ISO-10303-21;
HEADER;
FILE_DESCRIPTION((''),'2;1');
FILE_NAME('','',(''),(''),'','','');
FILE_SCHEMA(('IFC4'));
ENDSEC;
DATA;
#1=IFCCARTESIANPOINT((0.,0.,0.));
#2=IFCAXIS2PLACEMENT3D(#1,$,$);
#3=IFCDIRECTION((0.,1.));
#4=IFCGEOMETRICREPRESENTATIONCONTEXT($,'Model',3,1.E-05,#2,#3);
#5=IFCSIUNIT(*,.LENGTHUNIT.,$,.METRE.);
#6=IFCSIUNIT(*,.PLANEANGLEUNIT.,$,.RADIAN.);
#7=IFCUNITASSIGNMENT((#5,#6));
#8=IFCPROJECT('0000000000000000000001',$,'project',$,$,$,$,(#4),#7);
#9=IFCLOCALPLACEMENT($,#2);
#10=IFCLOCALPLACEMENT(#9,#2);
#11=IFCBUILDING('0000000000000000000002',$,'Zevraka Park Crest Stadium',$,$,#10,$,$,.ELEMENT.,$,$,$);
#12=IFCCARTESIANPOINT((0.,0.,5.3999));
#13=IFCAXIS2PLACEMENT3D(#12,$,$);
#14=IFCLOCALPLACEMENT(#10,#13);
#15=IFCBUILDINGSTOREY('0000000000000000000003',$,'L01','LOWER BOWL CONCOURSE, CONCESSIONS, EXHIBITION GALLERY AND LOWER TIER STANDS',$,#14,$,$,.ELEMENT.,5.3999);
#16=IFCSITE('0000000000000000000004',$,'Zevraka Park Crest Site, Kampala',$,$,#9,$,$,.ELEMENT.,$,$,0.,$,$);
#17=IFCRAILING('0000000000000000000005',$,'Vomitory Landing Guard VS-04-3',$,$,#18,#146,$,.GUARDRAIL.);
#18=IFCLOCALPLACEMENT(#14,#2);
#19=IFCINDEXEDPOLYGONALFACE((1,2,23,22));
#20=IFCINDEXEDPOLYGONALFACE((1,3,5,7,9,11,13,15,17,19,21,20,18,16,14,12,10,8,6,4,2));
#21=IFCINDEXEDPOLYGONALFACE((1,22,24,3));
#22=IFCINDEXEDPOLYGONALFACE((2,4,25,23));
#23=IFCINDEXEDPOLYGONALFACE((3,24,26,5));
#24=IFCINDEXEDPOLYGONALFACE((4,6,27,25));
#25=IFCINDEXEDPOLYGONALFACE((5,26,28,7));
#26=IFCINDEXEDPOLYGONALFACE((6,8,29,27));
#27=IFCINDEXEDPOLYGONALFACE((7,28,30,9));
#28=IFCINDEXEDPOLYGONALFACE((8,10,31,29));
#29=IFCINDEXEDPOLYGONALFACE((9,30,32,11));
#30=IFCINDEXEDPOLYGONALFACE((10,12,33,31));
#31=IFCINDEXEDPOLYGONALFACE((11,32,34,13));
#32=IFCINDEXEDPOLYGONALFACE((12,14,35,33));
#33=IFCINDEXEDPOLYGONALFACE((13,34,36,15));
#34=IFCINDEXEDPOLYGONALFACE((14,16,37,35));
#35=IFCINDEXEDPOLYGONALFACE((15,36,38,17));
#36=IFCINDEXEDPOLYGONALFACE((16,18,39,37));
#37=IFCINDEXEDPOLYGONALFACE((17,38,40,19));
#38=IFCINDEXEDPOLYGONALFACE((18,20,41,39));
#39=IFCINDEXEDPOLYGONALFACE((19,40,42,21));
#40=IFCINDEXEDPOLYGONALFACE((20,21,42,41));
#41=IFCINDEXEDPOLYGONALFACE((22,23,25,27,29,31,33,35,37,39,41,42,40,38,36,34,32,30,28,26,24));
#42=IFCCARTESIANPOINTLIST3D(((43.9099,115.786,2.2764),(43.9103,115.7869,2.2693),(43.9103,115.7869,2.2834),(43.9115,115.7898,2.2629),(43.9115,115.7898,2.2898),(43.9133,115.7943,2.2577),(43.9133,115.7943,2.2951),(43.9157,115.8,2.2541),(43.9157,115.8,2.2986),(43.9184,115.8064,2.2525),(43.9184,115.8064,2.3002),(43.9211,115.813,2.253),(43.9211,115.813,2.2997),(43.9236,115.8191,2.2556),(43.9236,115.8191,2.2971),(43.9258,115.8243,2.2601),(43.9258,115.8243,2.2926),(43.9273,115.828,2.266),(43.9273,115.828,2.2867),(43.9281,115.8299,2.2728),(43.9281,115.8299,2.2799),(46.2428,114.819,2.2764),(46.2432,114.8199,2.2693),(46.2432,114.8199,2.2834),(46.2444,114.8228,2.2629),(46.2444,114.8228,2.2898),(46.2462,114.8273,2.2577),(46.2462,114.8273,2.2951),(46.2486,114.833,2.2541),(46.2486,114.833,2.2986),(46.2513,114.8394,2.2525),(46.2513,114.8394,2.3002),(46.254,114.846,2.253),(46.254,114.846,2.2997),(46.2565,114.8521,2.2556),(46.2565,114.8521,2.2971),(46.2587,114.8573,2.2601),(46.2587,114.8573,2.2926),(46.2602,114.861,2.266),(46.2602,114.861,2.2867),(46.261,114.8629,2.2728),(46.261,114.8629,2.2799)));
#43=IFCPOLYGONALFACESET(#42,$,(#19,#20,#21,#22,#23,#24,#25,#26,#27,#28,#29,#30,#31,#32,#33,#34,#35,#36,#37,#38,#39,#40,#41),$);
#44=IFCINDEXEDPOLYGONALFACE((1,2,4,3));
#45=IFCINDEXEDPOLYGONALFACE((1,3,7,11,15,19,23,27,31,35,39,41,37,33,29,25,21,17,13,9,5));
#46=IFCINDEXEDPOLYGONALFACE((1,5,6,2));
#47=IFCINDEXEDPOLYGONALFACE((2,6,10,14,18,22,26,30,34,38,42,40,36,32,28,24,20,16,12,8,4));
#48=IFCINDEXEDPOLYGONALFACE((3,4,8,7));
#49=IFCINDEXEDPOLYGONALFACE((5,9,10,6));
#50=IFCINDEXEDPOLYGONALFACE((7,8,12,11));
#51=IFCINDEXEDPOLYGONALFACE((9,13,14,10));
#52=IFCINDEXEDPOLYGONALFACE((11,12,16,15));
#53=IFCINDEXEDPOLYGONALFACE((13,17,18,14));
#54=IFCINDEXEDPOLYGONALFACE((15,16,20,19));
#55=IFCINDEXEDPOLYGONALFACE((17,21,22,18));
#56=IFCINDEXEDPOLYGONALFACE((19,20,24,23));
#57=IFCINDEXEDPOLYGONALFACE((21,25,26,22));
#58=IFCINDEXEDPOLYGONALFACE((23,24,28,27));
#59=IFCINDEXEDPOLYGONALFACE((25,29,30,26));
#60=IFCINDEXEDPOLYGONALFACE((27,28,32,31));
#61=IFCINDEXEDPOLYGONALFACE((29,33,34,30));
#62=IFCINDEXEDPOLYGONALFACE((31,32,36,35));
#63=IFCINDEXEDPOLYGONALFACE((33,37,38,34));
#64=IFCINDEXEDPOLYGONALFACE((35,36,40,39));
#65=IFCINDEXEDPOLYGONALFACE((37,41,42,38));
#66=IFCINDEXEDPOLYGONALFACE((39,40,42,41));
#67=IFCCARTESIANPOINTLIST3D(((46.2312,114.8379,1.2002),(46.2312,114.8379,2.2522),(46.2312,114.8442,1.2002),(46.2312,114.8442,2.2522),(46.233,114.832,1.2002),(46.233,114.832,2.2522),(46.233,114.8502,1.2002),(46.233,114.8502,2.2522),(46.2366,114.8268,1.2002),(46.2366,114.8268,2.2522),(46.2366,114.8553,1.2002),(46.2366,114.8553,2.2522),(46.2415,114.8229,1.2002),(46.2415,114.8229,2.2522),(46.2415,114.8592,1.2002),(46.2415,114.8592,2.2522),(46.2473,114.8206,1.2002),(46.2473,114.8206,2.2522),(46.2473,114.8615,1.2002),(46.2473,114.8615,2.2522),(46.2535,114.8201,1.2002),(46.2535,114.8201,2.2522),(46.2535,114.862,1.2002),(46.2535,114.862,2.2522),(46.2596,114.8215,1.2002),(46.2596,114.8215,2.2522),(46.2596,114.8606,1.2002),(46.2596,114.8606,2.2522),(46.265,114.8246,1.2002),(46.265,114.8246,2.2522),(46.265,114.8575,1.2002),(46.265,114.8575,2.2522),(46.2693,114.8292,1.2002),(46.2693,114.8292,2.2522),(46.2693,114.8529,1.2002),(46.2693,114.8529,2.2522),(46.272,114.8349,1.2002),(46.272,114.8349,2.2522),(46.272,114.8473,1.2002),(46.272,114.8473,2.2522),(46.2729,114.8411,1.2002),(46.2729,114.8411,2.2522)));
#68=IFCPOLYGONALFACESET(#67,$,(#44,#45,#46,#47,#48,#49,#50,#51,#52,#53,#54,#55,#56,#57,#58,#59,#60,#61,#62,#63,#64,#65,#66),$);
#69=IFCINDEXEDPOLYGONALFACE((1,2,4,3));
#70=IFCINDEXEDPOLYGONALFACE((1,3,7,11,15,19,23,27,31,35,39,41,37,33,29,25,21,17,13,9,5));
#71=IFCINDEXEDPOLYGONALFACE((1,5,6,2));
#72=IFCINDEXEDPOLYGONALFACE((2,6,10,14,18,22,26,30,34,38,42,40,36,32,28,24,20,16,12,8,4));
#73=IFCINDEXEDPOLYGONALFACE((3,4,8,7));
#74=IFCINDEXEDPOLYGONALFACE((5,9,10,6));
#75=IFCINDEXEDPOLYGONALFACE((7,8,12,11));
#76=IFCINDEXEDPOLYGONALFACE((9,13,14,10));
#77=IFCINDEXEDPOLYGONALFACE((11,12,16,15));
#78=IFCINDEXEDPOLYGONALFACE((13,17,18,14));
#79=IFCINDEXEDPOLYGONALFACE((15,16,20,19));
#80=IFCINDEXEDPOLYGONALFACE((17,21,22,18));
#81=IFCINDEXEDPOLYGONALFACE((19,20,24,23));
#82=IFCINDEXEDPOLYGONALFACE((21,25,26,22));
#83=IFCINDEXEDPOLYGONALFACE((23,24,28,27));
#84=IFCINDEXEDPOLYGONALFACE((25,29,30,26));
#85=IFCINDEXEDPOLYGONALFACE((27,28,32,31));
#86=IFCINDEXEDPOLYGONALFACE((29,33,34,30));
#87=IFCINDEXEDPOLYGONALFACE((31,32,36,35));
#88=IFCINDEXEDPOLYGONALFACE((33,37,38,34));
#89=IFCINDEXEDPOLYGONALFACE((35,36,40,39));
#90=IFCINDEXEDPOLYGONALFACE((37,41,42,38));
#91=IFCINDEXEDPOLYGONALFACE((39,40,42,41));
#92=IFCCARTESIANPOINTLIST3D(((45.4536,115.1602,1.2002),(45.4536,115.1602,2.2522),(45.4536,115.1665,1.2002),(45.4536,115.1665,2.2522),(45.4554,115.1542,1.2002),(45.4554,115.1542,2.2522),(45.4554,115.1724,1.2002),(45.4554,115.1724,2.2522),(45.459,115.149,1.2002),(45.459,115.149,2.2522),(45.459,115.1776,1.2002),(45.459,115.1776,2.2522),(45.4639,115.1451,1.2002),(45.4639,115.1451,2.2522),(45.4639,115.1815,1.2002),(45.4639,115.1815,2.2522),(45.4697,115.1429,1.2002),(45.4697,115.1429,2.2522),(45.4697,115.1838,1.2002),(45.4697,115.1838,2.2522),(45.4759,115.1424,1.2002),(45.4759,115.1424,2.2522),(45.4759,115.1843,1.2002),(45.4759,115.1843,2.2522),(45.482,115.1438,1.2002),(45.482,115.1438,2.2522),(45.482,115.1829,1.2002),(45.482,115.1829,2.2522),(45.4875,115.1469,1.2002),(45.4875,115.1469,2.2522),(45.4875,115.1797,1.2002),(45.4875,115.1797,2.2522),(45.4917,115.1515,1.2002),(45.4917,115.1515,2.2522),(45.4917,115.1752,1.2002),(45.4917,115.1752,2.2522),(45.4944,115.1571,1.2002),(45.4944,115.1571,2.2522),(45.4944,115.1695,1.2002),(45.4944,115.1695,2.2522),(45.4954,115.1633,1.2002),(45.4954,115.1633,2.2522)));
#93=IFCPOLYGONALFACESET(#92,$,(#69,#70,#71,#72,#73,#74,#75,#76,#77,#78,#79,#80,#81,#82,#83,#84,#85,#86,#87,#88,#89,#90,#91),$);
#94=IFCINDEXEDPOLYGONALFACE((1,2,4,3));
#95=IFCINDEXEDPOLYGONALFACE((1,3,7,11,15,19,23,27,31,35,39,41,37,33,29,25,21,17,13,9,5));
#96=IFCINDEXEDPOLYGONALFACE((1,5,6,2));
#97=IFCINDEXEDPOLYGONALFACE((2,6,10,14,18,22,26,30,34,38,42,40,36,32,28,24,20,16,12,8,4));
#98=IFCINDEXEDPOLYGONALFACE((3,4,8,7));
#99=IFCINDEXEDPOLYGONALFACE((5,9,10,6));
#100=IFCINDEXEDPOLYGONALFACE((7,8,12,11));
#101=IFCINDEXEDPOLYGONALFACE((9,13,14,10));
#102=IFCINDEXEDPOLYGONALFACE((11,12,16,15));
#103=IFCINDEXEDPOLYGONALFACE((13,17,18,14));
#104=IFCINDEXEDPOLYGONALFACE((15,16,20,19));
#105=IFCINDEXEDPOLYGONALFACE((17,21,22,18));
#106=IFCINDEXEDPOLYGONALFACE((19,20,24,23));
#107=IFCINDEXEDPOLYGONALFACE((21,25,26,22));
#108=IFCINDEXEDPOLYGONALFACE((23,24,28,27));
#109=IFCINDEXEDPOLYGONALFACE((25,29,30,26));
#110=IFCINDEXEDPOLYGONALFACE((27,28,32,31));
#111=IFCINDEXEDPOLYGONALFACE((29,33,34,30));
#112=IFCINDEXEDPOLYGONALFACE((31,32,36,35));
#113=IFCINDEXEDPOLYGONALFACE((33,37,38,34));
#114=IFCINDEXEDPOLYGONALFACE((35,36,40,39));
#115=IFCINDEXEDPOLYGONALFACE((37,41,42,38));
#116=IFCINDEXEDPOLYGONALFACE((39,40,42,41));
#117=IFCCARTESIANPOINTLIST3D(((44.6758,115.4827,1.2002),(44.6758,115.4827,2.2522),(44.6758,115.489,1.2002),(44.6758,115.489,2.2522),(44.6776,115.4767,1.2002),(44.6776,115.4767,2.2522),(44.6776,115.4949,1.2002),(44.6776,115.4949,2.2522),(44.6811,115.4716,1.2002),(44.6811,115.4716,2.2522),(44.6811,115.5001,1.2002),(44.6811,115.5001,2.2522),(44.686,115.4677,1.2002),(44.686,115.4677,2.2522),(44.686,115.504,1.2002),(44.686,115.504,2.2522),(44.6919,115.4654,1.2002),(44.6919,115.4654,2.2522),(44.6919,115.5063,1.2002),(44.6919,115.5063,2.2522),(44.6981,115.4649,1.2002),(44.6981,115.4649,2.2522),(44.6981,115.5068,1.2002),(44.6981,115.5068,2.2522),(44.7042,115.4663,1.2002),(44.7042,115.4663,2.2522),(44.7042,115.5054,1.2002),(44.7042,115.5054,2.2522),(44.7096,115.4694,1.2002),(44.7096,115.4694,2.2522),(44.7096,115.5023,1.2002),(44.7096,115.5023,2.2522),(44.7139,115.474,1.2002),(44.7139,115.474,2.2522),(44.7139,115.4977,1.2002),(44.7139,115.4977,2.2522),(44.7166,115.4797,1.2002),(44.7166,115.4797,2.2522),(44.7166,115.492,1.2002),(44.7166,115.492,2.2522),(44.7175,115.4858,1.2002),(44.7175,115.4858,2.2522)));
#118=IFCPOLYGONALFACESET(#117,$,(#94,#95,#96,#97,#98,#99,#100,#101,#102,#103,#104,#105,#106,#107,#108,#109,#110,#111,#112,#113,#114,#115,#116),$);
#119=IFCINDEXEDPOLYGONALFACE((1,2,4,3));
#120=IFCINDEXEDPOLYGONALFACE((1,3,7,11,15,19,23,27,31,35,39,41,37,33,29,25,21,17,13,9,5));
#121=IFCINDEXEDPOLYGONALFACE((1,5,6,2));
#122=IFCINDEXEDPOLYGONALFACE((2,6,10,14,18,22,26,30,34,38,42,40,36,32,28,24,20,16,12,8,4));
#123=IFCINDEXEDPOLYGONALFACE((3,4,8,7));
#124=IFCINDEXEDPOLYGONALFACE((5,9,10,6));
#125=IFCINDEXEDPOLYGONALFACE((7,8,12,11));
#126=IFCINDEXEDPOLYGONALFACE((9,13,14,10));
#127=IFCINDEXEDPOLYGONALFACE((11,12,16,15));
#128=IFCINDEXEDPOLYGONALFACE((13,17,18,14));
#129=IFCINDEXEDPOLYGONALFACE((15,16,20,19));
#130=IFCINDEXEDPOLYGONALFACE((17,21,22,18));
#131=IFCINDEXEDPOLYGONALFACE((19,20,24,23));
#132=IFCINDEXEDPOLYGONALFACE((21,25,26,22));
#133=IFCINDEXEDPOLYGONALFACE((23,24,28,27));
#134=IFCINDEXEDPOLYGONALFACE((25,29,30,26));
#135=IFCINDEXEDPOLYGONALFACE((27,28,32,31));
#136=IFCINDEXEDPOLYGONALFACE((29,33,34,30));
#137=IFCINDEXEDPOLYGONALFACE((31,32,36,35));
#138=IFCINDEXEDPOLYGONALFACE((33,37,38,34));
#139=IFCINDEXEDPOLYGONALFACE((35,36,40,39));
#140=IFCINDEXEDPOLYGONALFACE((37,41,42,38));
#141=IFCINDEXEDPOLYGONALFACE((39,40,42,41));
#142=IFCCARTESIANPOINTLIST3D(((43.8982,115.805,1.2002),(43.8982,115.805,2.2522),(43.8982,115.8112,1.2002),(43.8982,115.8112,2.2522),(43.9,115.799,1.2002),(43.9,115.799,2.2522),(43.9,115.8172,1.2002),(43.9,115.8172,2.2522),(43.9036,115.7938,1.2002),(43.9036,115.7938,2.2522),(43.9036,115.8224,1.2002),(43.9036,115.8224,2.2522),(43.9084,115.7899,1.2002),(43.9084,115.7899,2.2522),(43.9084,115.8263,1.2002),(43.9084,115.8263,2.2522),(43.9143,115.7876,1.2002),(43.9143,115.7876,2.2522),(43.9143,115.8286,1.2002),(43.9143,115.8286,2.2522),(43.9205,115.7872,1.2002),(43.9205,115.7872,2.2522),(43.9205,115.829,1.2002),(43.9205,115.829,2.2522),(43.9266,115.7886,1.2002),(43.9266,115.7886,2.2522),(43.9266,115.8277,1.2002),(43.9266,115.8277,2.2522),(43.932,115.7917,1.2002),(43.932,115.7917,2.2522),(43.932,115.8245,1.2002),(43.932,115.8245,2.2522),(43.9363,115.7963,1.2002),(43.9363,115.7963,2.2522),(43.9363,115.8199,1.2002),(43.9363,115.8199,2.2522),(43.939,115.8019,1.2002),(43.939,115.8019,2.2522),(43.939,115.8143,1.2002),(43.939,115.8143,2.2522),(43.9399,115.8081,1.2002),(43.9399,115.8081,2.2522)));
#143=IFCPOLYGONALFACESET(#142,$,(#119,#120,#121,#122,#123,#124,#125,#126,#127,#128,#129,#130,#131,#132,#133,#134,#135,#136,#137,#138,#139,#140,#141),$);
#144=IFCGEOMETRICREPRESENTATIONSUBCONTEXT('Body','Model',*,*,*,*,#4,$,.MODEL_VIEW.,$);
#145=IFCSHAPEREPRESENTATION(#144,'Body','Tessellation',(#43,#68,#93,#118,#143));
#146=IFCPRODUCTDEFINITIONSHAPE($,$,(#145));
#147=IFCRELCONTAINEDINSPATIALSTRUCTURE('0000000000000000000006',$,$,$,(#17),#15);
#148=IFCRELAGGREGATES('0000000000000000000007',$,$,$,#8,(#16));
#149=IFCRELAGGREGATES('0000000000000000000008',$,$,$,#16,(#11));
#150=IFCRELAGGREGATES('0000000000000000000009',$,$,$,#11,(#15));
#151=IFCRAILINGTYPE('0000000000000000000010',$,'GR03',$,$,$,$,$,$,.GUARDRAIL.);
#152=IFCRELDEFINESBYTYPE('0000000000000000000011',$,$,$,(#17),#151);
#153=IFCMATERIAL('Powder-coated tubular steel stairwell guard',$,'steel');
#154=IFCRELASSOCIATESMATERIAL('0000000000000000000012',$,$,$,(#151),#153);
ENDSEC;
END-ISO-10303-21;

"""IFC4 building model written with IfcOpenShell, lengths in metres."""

from ifc_helpers import new_model, si_unit, direction, frame, origin, origin_2d, place, context, subcontext, project, spatial, circle, extrude, material, type_object, element, save


model = new_model("IFC4")

# Units and contexts
model_context = context("Model", 3, precision=1e-05, world=origin(), true_north=direction((0.0, 1.0)))
body_context = subcontext(model_context, "Body", "Model", "MODEL_VIEW")
ifc_project = project(units=[si_unit("LENGTHUNIT", "METRE"), si_unit("PLANEANGLEUNIT", "RADIAN")], contexts=[model_context])

# Site, building, storey
site_placement = place(None, origin())
site = spatial("IfcSite", under=ifc_project, at=site_placement, Name="Zevraka Park Crest Site, Kampala", CompositionType="ELEMENT", RefElevation=0.0)
building_placement = place(site_placement, origin())
building = spatial("IfcBuilding", under=site, at=building_placement, Name="Zevraka Park Crest Stadium", CompositionType="ELEMENT")
storey_placement = place(building_placement, frame((0.0, 0.0, 5.3999)))
storey = spatial("IfcBuildingStorey", under=building, at=storey_placement, Name="L01", Description="LOWER BOWL CONCOURSE, CONCESSIONS, EXHIBITION GALLERY AND LOWER TIER STANDS", CompositionType="ELEMENT", Elevation=5.3999)

# Railing
ifc_material_1 = material(Name="Powder-coated tubular steel stairwell guard", Category="steel")
railing_type_1 = type_object("IfcRailingType", Name="GR03", PredefinedType="GUARDRAIL", material=ifc_material_1)
railing_1_placement = place(storey_placement, frame((46.252, 114.8411, 1.2002)))
element("IfcRailing", 1, at=railing_1_placement, inside=storey, type_object=railing_type_1, Name="Vomitory Landing Guard VS-04-3", PredefinedType="GUARDRAIL", context=body_context, shape_type="SweptSolid", body=[
    extrude(circle(Radius=0.0239, at=origin_2d()), frame((0.0, 0.0, 1.0762), z_axis=(-0.923785, 0.382912, 0.0), x_axis=(-0.382912, -0.923785, 0.0)), (0.0, 0.0, 1.0), 2.5254),
    extrude(circle(Radius=0.021, at=origin_2d()), origin(), (0.0, 0.0, 1.0), 1.052),
    extrude(circle(Radius=0.021, at=origin_2d()), frame((-0.7776, 0.3223, 0.0)), (0.0, 0.0, 1.0), 1.052),
    extrude(circle(Radius=0.021, at=origin_2d()), frame((-1.5554, 0.6448, 0.0)), (0.0, 0.0, 1.0), 1.052),
    extrude(circle(Radius=0.021, at=origin_2d()), frame((-2.333, 0.967, 0.0)), (0.0, 0.0, 1.0), 1.052),
])

save(model, "model.ifc")
